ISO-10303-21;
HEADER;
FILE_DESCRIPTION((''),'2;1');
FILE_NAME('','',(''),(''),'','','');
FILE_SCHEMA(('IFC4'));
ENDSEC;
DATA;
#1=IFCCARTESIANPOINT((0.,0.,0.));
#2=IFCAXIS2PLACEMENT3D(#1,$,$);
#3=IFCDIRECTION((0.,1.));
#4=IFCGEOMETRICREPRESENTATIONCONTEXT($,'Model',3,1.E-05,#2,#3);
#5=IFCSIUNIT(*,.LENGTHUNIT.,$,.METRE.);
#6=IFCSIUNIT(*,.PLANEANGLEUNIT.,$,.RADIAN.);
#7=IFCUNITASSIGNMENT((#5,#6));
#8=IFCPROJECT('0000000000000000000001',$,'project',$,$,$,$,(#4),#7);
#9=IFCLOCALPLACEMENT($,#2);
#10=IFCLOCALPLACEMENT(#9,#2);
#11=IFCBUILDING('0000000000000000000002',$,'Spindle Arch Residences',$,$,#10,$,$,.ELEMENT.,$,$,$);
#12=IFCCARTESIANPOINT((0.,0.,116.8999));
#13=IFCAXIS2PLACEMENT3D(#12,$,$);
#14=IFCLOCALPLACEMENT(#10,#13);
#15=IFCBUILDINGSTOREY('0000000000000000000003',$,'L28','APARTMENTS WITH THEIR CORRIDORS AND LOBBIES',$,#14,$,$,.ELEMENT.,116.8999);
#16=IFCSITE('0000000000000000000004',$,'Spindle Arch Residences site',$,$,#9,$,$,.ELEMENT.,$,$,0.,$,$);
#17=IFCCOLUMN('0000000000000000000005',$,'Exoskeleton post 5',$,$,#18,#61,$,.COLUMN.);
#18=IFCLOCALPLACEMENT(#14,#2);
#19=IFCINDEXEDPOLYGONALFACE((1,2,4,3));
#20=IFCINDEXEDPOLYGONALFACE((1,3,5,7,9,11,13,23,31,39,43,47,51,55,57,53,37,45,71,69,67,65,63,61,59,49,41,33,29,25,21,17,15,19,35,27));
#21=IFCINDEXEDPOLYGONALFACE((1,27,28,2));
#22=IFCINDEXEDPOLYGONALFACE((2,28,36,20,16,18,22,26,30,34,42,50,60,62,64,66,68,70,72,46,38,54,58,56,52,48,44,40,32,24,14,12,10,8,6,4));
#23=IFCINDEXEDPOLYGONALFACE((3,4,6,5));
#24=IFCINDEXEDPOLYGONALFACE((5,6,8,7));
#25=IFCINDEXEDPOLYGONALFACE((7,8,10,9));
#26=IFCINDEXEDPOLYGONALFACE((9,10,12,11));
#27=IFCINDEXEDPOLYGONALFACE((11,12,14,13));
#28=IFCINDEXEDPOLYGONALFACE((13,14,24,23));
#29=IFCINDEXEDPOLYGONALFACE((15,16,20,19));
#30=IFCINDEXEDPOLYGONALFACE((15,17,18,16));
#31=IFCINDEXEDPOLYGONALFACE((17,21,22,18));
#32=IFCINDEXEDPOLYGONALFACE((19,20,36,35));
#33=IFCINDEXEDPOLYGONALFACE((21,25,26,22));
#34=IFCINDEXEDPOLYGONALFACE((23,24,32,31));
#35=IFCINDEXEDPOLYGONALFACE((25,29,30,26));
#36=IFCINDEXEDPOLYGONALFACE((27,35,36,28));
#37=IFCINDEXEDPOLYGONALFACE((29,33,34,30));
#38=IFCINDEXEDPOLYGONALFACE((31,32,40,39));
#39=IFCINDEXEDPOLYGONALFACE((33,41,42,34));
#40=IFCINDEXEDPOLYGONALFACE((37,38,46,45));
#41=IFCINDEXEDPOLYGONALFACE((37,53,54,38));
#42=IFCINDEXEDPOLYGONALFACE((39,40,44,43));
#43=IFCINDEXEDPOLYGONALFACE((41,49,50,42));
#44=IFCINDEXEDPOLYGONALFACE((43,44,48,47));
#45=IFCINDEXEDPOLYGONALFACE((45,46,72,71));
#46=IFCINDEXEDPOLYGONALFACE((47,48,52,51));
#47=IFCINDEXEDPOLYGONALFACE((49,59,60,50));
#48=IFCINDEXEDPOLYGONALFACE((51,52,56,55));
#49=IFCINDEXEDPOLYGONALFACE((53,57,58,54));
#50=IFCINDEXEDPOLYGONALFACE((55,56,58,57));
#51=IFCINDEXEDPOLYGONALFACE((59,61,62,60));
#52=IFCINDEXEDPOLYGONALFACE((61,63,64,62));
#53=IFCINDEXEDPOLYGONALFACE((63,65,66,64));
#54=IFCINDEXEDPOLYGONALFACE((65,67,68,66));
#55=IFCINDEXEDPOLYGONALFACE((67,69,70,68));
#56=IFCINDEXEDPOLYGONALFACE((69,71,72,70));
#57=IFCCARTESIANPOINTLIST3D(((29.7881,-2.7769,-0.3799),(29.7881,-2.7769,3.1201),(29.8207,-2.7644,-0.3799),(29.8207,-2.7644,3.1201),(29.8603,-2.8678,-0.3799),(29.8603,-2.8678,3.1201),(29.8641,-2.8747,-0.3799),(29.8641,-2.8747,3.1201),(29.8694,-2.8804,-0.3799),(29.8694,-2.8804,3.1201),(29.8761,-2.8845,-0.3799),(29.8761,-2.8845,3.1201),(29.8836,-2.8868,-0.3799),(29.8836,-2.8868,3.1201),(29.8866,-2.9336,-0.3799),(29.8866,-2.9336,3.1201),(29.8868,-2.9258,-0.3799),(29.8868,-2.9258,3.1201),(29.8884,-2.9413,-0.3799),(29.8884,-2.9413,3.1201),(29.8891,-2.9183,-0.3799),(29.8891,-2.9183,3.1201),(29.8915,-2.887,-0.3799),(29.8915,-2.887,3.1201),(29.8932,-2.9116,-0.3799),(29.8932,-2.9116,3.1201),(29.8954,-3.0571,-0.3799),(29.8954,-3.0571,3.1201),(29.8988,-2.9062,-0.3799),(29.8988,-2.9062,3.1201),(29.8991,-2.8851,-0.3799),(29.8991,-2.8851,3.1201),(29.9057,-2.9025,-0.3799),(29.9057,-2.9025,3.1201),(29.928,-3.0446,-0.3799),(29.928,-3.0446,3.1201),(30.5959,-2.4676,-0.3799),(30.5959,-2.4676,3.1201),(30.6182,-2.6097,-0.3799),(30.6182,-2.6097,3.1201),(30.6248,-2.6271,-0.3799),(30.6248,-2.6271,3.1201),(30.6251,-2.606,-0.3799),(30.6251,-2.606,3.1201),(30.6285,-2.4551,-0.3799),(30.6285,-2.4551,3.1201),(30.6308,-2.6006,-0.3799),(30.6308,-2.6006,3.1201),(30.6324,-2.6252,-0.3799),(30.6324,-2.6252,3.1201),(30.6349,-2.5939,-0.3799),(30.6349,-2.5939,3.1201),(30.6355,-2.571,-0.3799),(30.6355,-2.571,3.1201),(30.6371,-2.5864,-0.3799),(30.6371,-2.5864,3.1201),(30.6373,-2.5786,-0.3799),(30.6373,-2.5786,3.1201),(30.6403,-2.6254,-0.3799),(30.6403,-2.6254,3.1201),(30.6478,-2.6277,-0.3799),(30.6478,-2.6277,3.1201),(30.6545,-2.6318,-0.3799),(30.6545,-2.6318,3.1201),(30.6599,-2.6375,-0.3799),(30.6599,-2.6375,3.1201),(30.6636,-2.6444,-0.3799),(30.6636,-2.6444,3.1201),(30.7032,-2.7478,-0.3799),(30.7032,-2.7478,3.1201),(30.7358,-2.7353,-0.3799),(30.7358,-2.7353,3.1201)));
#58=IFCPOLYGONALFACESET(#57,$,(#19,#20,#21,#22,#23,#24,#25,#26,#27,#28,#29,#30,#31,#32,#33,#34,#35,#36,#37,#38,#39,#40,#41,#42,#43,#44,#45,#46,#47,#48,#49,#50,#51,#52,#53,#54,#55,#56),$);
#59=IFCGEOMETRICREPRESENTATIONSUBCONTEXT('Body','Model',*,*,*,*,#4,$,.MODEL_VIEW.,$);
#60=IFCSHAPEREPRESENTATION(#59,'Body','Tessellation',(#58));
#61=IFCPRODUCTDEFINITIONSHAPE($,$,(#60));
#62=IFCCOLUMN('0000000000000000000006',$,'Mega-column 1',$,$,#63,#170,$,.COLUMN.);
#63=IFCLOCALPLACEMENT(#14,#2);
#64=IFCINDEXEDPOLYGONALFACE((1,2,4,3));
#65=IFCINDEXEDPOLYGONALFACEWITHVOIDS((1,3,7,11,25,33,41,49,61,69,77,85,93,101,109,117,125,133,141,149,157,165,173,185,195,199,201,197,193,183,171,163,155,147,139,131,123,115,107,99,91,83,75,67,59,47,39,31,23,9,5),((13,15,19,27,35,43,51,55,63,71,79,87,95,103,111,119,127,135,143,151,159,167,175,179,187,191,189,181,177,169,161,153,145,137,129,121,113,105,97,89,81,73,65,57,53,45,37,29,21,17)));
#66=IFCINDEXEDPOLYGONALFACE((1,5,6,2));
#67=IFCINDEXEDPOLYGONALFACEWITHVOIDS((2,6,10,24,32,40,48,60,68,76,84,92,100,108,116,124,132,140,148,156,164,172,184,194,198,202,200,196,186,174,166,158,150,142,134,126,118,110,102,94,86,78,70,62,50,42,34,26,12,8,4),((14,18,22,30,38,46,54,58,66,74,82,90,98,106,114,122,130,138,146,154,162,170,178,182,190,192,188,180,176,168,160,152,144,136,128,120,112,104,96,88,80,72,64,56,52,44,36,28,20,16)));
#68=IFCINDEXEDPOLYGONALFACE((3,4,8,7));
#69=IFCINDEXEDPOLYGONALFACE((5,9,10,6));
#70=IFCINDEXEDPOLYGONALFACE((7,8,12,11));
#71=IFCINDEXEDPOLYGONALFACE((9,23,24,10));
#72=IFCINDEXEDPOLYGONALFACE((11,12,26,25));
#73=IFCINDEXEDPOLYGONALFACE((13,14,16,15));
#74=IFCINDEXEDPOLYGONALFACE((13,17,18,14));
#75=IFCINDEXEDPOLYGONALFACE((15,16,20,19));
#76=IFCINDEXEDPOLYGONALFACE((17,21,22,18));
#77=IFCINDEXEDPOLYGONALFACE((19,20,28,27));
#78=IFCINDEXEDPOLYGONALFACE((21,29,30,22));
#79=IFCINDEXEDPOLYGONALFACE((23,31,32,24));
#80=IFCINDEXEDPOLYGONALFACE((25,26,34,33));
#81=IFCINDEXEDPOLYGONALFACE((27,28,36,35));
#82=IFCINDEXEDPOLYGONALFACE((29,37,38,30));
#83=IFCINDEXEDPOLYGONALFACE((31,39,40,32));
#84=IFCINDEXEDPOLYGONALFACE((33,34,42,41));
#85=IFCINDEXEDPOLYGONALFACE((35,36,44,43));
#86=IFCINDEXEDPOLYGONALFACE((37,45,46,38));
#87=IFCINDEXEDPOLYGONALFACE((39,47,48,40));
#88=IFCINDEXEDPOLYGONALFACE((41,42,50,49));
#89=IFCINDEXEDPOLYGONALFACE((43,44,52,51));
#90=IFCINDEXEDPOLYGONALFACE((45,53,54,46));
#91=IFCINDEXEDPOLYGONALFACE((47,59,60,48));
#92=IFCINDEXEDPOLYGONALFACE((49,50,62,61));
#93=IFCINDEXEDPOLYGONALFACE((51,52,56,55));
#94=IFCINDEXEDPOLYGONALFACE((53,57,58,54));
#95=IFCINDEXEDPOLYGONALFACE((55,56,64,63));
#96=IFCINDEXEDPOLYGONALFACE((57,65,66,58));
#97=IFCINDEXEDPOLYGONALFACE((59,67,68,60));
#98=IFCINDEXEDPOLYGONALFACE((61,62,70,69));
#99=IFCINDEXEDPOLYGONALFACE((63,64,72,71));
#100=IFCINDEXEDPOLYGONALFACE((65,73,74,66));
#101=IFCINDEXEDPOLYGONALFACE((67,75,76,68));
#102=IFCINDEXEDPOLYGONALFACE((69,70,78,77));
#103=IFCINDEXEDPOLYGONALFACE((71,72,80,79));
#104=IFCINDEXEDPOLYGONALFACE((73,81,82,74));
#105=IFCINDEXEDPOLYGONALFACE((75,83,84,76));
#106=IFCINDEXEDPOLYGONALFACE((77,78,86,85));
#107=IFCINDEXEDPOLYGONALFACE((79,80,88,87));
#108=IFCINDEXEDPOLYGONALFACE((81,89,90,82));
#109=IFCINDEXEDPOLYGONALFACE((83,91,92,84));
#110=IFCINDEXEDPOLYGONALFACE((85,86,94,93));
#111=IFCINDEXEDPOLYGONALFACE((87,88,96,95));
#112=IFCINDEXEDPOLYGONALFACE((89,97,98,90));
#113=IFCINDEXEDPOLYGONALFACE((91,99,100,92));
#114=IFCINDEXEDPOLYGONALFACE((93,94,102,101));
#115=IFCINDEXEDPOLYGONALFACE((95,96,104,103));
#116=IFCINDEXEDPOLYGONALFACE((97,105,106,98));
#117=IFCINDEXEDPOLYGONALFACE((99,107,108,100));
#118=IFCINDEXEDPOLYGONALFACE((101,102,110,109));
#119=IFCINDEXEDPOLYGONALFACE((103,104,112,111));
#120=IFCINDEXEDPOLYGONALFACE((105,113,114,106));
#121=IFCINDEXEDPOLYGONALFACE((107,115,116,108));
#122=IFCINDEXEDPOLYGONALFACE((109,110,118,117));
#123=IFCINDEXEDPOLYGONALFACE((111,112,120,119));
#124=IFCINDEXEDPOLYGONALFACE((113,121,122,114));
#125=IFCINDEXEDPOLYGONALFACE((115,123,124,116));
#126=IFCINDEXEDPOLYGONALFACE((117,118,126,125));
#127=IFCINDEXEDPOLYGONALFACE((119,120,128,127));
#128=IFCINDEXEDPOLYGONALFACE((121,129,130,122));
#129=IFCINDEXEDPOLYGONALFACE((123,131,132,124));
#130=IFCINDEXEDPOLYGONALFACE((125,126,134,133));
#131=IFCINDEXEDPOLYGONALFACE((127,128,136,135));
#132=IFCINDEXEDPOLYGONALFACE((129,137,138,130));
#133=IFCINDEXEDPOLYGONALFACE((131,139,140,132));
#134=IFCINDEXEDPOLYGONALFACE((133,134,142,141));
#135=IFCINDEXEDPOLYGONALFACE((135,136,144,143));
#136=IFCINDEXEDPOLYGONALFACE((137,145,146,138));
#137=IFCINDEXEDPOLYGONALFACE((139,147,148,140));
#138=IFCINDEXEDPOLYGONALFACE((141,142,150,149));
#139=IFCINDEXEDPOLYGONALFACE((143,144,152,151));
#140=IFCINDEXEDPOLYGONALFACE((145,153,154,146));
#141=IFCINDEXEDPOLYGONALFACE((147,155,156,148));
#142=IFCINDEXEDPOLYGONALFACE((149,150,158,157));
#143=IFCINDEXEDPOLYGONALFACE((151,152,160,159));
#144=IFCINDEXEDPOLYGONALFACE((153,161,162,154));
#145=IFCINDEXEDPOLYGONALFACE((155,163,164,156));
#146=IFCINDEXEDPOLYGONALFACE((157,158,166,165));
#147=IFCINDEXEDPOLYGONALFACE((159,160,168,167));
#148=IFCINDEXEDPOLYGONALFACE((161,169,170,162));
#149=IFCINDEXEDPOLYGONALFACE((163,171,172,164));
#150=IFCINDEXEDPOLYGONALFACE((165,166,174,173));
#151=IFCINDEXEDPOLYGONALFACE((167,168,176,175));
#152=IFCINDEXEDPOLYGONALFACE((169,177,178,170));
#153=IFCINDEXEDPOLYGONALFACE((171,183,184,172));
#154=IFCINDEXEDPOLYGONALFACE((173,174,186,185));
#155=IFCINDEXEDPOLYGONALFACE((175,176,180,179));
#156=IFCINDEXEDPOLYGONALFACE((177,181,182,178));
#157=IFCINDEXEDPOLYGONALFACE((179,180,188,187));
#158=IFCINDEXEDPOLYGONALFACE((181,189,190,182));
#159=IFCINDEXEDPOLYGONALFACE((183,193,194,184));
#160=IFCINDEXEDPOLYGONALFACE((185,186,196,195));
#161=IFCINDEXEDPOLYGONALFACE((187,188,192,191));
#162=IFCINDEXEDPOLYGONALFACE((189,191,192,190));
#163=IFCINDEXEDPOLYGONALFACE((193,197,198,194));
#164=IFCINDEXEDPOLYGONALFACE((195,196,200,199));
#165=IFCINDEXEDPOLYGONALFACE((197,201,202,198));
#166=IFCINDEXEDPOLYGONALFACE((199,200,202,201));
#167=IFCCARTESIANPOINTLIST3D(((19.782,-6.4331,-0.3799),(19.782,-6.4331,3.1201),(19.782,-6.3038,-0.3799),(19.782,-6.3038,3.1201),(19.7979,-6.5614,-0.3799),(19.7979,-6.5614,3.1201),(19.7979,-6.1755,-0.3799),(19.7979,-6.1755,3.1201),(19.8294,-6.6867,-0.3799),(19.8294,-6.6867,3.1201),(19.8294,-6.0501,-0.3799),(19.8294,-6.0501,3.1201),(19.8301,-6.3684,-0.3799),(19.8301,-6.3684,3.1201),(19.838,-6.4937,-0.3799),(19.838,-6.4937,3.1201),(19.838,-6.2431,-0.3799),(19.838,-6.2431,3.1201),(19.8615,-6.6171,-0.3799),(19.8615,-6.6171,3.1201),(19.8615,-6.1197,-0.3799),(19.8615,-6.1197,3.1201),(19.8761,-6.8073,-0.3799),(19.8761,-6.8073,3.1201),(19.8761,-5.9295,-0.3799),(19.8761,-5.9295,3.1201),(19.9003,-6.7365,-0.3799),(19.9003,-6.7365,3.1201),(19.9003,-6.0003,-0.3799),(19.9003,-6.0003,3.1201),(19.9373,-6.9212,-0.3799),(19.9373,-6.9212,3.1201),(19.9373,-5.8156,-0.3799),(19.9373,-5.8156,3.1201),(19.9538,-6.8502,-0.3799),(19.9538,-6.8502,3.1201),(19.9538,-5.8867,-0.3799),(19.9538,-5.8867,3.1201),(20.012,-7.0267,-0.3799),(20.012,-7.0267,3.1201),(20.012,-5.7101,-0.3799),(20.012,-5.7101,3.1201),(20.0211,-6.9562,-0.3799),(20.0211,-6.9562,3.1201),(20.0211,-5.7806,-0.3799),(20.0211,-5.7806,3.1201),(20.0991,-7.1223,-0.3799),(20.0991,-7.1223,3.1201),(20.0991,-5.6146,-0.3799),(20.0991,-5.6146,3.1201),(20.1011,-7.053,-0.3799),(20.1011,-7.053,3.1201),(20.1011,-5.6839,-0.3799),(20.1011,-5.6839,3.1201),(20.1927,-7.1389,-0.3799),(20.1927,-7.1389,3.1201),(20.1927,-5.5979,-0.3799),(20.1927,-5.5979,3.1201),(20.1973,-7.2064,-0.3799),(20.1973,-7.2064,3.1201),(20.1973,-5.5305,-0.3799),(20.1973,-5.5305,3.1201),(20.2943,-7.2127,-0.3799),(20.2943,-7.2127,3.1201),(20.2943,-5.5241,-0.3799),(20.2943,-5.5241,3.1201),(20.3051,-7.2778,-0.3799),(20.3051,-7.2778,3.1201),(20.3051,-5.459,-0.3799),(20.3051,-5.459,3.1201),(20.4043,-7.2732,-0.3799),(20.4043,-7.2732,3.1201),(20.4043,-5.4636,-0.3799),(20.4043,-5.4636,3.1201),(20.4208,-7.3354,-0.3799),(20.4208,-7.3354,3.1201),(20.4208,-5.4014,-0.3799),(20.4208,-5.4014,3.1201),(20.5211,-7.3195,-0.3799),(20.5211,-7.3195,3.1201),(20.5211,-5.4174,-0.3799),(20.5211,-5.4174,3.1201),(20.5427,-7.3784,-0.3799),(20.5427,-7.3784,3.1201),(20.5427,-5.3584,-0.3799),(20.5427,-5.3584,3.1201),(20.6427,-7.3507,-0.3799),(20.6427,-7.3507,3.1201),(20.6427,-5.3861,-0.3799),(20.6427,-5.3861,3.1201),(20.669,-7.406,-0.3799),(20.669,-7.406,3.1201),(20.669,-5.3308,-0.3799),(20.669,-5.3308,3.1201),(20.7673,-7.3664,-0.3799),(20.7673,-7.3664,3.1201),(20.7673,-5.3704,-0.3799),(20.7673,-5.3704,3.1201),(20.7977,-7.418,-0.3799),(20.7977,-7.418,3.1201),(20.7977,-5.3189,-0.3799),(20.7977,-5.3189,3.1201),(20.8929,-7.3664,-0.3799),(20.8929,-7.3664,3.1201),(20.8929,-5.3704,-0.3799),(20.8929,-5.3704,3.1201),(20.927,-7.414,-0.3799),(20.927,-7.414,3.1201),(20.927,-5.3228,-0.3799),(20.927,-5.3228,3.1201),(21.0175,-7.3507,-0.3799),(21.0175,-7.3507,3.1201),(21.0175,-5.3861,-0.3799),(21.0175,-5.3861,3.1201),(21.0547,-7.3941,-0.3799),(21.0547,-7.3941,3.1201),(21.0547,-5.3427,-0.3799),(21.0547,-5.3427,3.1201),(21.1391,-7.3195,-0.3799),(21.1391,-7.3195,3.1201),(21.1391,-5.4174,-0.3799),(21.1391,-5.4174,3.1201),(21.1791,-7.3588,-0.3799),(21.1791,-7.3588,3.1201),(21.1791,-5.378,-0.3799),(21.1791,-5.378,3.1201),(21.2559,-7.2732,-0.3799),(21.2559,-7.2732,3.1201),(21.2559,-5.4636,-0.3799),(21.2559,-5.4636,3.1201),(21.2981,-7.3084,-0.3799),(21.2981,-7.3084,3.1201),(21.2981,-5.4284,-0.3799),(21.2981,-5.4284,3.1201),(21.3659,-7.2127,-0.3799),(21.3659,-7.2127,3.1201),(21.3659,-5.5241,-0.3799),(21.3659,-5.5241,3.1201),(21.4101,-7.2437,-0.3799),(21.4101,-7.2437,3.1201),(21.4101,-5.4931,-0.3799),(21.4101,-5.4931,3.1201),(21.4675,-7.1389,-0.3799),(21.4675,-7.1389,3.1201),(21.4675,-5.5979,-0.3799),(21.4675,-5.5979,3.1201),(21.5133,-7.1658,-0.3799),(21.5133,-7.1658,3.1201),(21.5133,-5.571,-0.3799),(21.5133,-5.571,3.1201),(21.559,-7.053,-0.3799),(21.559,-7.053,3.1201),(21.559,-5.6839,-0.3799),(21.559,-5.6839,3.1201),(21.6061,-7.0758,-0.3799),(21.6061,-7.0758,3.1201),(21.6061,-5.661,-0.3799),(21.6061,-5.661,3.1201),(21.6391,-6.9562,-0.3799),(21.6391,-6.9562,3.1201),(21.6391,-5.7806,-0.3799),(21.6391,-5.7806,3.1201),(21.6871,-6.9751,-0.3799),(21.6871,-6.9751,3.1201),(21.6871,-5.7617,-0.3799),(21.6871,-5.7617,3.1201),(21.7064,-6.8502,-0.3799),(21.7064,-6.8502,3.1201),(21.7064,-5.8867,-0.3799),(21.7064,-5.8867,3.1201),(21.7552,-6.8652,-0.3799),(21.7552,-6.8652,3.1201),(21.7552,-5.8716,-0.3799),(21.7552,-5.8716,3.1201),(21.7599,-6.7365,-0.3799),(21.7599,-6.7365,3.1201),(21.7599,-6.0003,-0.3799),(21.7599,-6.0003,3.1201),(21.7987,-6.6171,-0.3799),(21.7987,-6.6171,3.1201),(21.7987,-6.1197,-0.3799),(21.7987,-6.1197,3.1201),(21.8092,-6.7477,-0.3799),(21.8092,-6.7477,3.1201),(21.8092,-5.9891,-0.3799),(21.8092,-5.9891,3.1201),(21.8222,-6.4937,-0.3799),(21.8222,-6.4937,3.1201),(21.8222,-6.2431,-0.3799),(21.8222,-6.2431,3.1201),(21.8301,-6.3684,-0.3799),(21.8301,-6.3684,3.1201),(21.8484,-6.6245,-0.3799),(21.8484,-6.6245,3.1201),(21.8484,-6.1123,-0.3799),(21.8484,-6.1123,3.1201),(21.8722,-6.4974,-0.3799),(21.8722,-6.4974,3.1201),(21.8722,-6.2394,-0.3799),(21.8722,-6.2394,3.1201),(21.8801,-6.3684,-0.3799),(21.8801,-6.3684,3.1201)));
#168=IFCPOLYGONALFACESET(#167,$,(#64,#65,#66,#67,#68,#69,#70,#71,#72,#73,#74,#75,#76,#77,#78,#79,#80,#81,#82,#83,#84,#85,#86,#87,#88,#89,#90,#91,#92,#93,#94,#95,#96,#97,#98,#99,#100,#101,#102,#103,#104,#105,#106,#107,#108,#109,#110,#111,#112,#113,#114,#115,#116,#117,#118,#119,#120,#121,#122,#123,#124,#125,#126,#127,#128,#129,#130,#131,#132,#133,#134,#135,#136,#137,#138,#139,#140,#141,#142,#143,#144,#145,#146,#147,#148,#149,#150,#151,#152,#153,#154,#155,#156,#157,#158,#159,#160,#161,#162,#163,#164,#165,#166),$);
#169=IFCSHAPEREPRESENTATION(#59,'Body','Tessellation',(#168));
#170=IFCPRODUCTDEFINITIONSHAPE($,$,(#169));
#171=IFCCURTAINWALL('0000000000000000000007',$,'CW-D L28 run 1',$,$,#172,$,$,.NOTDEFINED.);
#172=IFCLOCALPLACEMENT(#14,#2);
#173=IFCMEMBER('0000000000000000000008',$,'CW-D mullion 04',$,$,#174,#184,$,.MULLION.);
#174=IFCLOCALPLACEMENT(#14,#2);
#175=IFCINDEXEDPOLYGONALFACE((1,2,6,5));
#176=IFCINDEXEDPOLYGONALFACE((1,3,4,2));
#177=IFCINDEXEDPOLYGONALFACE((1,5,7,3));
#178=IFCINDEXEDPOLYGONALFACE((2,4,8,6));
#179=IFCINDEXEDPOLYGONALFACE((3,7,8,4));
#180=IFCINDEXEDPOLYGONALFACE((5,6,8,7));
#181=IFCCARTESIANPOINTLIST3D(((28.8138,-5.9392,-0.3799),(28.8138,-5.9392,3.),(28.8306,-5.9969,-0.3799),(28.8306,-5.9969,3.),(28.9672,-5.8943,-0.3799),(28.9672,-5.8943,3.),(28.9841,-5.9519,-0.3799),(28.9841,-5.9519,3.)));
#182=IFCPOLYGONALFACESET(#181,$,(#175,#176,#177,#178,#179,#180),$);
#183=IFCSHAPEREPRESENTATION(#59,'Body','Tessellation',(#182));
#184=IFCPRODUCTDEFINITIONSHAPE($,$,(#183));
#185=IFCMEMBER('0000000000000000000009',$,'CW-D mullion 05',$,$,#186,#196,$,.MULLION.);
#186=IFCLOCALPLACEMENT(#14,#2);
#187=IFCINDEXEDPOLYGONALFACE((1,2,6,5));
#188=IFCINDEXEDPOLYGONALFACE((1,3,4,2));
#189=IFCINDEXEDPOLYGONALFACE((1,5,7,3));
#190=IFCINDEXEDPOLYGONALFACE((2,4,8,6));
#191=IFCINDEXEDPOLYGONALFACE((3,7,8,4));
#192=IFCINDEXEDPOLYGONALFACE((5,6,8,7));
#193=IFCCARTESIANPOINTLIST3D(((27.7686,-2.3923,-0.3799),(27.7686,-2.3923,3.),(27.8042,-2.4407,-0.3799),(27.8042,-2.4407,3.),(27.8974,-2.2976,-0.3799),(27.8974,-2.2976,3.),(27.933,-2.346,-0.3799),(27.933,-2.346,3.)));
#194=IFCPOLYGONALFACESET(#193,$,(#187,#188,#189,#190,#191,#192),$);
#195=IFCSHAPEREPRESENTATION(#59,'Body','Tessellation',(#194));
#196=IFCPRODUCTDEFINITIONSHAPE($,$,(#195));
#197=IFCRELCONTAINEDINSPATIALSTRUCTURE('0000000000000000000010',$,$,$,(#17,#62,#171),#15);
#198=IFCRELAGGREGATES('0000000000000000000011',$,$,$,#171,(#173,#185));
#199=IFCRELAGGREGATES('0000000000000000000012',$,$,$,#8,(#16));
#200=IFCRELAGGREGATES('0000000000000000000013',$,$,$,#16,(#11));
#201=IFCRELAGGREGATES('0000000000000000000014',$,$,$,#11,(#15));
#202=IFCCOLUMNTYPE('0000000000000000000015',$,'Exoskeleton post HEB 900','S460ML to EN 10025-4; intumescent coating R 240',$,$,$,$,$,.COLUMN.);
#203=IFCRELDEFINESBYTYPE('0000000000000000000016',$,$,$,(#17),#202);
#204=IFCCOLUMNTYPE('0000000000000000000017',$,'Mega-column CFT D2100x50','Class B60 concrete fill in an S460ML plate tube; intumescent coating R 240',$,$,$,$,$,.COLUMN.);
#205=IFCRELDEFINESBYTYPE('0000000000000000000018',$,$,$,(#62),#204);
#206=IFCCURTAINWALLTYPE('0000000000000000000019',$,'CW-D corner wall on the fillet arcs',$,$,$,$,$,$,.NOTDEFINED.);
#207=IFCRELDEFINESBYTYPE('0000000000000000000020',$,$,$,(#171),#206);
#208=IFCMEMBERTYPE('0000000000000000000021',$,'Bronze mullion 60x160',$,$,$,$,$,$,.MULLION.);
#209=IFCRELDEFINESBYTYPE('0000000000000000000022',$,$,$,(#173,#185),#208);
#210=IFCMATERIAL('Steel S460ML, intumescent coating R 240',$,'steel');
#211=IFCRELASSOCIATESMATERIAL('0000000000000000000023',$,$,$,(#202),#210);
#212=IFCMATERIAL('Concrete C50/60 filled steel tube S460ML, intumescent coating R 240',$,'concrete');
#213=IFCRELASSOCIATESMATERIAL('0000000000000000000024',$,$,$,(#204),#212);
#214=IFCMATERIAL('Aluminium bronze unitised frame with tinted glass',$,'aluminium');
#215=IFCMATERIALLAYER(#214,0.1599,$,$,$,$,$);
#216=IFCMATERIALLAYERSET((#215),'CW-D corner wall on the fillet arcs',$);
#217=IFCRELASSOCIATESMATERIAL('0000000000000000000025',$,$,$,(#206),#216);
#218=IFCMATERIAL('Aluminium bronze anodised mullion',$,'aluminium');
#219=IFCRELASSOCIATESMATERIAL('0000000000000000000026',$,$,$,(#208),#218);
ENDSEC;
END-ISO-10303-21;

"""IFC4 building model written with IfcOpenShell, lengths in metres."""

from ifc_helpers import new_model, si_unit, direction, frame, origin, origin_2d, place, context, subcontext, project, spatial, rectangle, hollow_circle, i_section, extrude, material, layer, layer_set, material_profile, profile_set, type_object, element, aggregate, save


model = new_model("IFC4")

# Units and contexts
model_context = context("Model", 3, precision=1e-05, world=origin(), true_north=direction((0.0, 1.0)))
body_context = subcontext(model_context, "Body", "Model", "MODEL_VIEW")
ifc_project = project(units=[si_unit("LENGTHUNIT", "METRE"), si_unit("PLANEANGLEUNIT", "RADIAN")], contexts=[model_context])

# Site, building, storey
site_placement = place(None, origin())
site = spatial("IfcSite", under=ifc_project, at=site_placement, Name="Spindle Arch Residences site", CompositionType="ELEMENT", RefElevation=0.0)
building_placement = place(site_placement, origin())
building = spatial("IfcBuilding", under=site, at=building_placement, Name="Spindle Arch Residences", CompositionType="ELEMENT")
storey_placement = place(building_placement, frame((0.0, 0.0, 116.8999)))
storey = spatial("IfcBuildingStorey", under=building, at=storey_placement, Name="L28", Description="APARTMENTS WITH THEIR CORRIDORS AND LOBBIES", CompositionType="ELEMENT", Elevation=116.8999)

# Columns
ifc_material_1 = material(Name="Steel S460ML, intumescent coating R 240", Category="steel")
ifc_material_profile_1 = material_profile(ifc_material_1, i_section(OverallWidth=0.3, OverallDepth=0.8999, WebThickness=0.0186, FlangeThickness=0.0349, FilletRadius=0.03, at=origin_2d()), Name="HEB 900")
ifc_profile_set_1 = profile_set([ifc_material_profile_1], Name="Steel S460ML, intumescent coating R 240")
column_type_1 = type_object("IfcColumnType", Name="Exoskeleton post HEB 900", Description="S460ML to EN 10025-4; intumescent coating R 240", PredefinedType="COLUMN", material=ifc_profile_set_1)
column_1_placement = place(storey_placement, frame((30.262, -2.7561, -0.3799), z_axis=(0.0, 0.0, 1.0), x_axis=(0.357665, -0.93385, 0.0)))
element("IfcColumn", 1, at=column_1_placement, inside=storey, type_object=column_type_1, Name="Exoskeleton post 5", PredefinedType="COLUMN", context=body_context, shape_type="SweptSolid", body=[
    extrude(i_section(OverallWidth=0.3, OverallDepth=0.8999, WebThickness=0.0186, FlangeThickness=0.0349, FilletRadius=0.03, at=origin_2d()), origin(), (0.0, 0.0, 1.0), 3.5),
])
ifc_material_2 = material(Name="Concrete C50/60 filled steel tube S460ML, intumescent coating R 240", Category="concrete")
ifc_material_profile_2 = material_profile(ifc_material_2, hollow_circle(Radius=1.05, WallThickness=0.05, at=origin_2d()), Name="CFT D2100x50")
ifc_profile_set_2 = profile_set([ifc_material_profile_2], Name="Concrete C50/60 filled steel tube S460ML, intumescent coating R 240")
column_type_2 = type_object("IfcColumnType", Name="Mega-column CFT D2100x50", Description="Class B60 concrete fill in an S460ML plate tube; intumescent coating R 240", PredefinedType="COLUMN", material=ifc_profile_set_2)
column_2_placement = place(storey_placement, frame((20.8301, -6.3684, -0.3799), z_axis=(0.0, 0.0, 1.0), x_axis=(1.0, 0.0, 0.0)))
element("IfcColumn", 2, at=column_2_placement, inside=storey, type_object=column_type_2, Name="Mega-column 1", PredefinedType="COLUMN", context=body_context, shape_type="SweptSolid", body=[
    extrude(hollow_circle(Radius=1.05, WallThickness=0.05, at=origin_2d()), origin(), (0.0, 0.0, 1.0), 3.5),
])

# Curtain wall, members
ifc_material_3 = material(Name="Aluminium bronze unitised frame with tinted glass", Category="aluminium")
ifc_layer_1 = layer(ifc_material_3, 0.1599)
ifc_layer_set_1 = layer_set([ifc_layer_1], Name="CW-D corner wall on the fillet arcs")
curtain_wall_type = type_object("IfcCurtainWallType", Name="CW-D corner wall on the fillet arcs", PredefinedType="NOTDEFINED", material=ifc_layer_set_1)
curtain_wall_placement = place(storey_placement, origin())
curtain_wall = element("IfcCurtainWall", 3, at=curtain_wall_placement, inside=storey, type_object=curtain_wall_type, Name="CW-D L28 run 1", PredefinedType="NOTDEFINED")
ifc_material_4 = material(Name="Aluminium bronze anodised mullion", Category="aluminium")
ifc_material_profile_3 = material_profile(ifc_material_4, rectangle(XDim=0.1599, YDim=0.0601, at=origin_2d()), Name="MU 60x160")
ifc_profile_set_3 = profile_set([ifc_material_profile_3], Name="Aluminium bronze anodised mullion")
member_type_1 = type_object("IfcMemberType", Name="Bronze mullion 60x160", PredefinedType="MULLION", material=ifc_profile_set_3)
member_1_placement = place(storey_placement, frame((28.8989, -5.9456, -0.3799), z_axis=(0.0, 0.0, 1.0), x_axis=(-0.959642, -0.281225, 0.0)))
member_1 = element("IfcMember", 4, at=member_1_placement, type_object=member_type_1, Name="CW-D mullion 04", PredefinedType="MULLION", context=body_context, shape_type="SweptSolid", body=[
    extrude(rectangle(XDim=0.1599, YDim=0.0601, at=origin_2d()), origin(), (0.0, 0.0, 1.0), 3.3799),
])
member_2_placement = place(storey_placement, frame((27.8508, -2.3691, -0.3799), z_axis=(0.0, 0.0, 1.0), x_axis=(-0.805584, -0.592482, 0.0)))
member_2 = element("IfcMember", 5, at=member_2_placement, type_object=member_type_1, Name="CW-D mullion 05", PredefinedType="MULLION", context=body_context, shape_type="SweptSolid", body=[
    extrude(rectangle(XDim=0.1599, YDim=0.0601, at=origin_2d()), origin(), (0.0, 0.0, 1.0), 3.3799),
])

aggregate(curtain_wall, [member_1, member_2])

save(model, "model.ifc")
